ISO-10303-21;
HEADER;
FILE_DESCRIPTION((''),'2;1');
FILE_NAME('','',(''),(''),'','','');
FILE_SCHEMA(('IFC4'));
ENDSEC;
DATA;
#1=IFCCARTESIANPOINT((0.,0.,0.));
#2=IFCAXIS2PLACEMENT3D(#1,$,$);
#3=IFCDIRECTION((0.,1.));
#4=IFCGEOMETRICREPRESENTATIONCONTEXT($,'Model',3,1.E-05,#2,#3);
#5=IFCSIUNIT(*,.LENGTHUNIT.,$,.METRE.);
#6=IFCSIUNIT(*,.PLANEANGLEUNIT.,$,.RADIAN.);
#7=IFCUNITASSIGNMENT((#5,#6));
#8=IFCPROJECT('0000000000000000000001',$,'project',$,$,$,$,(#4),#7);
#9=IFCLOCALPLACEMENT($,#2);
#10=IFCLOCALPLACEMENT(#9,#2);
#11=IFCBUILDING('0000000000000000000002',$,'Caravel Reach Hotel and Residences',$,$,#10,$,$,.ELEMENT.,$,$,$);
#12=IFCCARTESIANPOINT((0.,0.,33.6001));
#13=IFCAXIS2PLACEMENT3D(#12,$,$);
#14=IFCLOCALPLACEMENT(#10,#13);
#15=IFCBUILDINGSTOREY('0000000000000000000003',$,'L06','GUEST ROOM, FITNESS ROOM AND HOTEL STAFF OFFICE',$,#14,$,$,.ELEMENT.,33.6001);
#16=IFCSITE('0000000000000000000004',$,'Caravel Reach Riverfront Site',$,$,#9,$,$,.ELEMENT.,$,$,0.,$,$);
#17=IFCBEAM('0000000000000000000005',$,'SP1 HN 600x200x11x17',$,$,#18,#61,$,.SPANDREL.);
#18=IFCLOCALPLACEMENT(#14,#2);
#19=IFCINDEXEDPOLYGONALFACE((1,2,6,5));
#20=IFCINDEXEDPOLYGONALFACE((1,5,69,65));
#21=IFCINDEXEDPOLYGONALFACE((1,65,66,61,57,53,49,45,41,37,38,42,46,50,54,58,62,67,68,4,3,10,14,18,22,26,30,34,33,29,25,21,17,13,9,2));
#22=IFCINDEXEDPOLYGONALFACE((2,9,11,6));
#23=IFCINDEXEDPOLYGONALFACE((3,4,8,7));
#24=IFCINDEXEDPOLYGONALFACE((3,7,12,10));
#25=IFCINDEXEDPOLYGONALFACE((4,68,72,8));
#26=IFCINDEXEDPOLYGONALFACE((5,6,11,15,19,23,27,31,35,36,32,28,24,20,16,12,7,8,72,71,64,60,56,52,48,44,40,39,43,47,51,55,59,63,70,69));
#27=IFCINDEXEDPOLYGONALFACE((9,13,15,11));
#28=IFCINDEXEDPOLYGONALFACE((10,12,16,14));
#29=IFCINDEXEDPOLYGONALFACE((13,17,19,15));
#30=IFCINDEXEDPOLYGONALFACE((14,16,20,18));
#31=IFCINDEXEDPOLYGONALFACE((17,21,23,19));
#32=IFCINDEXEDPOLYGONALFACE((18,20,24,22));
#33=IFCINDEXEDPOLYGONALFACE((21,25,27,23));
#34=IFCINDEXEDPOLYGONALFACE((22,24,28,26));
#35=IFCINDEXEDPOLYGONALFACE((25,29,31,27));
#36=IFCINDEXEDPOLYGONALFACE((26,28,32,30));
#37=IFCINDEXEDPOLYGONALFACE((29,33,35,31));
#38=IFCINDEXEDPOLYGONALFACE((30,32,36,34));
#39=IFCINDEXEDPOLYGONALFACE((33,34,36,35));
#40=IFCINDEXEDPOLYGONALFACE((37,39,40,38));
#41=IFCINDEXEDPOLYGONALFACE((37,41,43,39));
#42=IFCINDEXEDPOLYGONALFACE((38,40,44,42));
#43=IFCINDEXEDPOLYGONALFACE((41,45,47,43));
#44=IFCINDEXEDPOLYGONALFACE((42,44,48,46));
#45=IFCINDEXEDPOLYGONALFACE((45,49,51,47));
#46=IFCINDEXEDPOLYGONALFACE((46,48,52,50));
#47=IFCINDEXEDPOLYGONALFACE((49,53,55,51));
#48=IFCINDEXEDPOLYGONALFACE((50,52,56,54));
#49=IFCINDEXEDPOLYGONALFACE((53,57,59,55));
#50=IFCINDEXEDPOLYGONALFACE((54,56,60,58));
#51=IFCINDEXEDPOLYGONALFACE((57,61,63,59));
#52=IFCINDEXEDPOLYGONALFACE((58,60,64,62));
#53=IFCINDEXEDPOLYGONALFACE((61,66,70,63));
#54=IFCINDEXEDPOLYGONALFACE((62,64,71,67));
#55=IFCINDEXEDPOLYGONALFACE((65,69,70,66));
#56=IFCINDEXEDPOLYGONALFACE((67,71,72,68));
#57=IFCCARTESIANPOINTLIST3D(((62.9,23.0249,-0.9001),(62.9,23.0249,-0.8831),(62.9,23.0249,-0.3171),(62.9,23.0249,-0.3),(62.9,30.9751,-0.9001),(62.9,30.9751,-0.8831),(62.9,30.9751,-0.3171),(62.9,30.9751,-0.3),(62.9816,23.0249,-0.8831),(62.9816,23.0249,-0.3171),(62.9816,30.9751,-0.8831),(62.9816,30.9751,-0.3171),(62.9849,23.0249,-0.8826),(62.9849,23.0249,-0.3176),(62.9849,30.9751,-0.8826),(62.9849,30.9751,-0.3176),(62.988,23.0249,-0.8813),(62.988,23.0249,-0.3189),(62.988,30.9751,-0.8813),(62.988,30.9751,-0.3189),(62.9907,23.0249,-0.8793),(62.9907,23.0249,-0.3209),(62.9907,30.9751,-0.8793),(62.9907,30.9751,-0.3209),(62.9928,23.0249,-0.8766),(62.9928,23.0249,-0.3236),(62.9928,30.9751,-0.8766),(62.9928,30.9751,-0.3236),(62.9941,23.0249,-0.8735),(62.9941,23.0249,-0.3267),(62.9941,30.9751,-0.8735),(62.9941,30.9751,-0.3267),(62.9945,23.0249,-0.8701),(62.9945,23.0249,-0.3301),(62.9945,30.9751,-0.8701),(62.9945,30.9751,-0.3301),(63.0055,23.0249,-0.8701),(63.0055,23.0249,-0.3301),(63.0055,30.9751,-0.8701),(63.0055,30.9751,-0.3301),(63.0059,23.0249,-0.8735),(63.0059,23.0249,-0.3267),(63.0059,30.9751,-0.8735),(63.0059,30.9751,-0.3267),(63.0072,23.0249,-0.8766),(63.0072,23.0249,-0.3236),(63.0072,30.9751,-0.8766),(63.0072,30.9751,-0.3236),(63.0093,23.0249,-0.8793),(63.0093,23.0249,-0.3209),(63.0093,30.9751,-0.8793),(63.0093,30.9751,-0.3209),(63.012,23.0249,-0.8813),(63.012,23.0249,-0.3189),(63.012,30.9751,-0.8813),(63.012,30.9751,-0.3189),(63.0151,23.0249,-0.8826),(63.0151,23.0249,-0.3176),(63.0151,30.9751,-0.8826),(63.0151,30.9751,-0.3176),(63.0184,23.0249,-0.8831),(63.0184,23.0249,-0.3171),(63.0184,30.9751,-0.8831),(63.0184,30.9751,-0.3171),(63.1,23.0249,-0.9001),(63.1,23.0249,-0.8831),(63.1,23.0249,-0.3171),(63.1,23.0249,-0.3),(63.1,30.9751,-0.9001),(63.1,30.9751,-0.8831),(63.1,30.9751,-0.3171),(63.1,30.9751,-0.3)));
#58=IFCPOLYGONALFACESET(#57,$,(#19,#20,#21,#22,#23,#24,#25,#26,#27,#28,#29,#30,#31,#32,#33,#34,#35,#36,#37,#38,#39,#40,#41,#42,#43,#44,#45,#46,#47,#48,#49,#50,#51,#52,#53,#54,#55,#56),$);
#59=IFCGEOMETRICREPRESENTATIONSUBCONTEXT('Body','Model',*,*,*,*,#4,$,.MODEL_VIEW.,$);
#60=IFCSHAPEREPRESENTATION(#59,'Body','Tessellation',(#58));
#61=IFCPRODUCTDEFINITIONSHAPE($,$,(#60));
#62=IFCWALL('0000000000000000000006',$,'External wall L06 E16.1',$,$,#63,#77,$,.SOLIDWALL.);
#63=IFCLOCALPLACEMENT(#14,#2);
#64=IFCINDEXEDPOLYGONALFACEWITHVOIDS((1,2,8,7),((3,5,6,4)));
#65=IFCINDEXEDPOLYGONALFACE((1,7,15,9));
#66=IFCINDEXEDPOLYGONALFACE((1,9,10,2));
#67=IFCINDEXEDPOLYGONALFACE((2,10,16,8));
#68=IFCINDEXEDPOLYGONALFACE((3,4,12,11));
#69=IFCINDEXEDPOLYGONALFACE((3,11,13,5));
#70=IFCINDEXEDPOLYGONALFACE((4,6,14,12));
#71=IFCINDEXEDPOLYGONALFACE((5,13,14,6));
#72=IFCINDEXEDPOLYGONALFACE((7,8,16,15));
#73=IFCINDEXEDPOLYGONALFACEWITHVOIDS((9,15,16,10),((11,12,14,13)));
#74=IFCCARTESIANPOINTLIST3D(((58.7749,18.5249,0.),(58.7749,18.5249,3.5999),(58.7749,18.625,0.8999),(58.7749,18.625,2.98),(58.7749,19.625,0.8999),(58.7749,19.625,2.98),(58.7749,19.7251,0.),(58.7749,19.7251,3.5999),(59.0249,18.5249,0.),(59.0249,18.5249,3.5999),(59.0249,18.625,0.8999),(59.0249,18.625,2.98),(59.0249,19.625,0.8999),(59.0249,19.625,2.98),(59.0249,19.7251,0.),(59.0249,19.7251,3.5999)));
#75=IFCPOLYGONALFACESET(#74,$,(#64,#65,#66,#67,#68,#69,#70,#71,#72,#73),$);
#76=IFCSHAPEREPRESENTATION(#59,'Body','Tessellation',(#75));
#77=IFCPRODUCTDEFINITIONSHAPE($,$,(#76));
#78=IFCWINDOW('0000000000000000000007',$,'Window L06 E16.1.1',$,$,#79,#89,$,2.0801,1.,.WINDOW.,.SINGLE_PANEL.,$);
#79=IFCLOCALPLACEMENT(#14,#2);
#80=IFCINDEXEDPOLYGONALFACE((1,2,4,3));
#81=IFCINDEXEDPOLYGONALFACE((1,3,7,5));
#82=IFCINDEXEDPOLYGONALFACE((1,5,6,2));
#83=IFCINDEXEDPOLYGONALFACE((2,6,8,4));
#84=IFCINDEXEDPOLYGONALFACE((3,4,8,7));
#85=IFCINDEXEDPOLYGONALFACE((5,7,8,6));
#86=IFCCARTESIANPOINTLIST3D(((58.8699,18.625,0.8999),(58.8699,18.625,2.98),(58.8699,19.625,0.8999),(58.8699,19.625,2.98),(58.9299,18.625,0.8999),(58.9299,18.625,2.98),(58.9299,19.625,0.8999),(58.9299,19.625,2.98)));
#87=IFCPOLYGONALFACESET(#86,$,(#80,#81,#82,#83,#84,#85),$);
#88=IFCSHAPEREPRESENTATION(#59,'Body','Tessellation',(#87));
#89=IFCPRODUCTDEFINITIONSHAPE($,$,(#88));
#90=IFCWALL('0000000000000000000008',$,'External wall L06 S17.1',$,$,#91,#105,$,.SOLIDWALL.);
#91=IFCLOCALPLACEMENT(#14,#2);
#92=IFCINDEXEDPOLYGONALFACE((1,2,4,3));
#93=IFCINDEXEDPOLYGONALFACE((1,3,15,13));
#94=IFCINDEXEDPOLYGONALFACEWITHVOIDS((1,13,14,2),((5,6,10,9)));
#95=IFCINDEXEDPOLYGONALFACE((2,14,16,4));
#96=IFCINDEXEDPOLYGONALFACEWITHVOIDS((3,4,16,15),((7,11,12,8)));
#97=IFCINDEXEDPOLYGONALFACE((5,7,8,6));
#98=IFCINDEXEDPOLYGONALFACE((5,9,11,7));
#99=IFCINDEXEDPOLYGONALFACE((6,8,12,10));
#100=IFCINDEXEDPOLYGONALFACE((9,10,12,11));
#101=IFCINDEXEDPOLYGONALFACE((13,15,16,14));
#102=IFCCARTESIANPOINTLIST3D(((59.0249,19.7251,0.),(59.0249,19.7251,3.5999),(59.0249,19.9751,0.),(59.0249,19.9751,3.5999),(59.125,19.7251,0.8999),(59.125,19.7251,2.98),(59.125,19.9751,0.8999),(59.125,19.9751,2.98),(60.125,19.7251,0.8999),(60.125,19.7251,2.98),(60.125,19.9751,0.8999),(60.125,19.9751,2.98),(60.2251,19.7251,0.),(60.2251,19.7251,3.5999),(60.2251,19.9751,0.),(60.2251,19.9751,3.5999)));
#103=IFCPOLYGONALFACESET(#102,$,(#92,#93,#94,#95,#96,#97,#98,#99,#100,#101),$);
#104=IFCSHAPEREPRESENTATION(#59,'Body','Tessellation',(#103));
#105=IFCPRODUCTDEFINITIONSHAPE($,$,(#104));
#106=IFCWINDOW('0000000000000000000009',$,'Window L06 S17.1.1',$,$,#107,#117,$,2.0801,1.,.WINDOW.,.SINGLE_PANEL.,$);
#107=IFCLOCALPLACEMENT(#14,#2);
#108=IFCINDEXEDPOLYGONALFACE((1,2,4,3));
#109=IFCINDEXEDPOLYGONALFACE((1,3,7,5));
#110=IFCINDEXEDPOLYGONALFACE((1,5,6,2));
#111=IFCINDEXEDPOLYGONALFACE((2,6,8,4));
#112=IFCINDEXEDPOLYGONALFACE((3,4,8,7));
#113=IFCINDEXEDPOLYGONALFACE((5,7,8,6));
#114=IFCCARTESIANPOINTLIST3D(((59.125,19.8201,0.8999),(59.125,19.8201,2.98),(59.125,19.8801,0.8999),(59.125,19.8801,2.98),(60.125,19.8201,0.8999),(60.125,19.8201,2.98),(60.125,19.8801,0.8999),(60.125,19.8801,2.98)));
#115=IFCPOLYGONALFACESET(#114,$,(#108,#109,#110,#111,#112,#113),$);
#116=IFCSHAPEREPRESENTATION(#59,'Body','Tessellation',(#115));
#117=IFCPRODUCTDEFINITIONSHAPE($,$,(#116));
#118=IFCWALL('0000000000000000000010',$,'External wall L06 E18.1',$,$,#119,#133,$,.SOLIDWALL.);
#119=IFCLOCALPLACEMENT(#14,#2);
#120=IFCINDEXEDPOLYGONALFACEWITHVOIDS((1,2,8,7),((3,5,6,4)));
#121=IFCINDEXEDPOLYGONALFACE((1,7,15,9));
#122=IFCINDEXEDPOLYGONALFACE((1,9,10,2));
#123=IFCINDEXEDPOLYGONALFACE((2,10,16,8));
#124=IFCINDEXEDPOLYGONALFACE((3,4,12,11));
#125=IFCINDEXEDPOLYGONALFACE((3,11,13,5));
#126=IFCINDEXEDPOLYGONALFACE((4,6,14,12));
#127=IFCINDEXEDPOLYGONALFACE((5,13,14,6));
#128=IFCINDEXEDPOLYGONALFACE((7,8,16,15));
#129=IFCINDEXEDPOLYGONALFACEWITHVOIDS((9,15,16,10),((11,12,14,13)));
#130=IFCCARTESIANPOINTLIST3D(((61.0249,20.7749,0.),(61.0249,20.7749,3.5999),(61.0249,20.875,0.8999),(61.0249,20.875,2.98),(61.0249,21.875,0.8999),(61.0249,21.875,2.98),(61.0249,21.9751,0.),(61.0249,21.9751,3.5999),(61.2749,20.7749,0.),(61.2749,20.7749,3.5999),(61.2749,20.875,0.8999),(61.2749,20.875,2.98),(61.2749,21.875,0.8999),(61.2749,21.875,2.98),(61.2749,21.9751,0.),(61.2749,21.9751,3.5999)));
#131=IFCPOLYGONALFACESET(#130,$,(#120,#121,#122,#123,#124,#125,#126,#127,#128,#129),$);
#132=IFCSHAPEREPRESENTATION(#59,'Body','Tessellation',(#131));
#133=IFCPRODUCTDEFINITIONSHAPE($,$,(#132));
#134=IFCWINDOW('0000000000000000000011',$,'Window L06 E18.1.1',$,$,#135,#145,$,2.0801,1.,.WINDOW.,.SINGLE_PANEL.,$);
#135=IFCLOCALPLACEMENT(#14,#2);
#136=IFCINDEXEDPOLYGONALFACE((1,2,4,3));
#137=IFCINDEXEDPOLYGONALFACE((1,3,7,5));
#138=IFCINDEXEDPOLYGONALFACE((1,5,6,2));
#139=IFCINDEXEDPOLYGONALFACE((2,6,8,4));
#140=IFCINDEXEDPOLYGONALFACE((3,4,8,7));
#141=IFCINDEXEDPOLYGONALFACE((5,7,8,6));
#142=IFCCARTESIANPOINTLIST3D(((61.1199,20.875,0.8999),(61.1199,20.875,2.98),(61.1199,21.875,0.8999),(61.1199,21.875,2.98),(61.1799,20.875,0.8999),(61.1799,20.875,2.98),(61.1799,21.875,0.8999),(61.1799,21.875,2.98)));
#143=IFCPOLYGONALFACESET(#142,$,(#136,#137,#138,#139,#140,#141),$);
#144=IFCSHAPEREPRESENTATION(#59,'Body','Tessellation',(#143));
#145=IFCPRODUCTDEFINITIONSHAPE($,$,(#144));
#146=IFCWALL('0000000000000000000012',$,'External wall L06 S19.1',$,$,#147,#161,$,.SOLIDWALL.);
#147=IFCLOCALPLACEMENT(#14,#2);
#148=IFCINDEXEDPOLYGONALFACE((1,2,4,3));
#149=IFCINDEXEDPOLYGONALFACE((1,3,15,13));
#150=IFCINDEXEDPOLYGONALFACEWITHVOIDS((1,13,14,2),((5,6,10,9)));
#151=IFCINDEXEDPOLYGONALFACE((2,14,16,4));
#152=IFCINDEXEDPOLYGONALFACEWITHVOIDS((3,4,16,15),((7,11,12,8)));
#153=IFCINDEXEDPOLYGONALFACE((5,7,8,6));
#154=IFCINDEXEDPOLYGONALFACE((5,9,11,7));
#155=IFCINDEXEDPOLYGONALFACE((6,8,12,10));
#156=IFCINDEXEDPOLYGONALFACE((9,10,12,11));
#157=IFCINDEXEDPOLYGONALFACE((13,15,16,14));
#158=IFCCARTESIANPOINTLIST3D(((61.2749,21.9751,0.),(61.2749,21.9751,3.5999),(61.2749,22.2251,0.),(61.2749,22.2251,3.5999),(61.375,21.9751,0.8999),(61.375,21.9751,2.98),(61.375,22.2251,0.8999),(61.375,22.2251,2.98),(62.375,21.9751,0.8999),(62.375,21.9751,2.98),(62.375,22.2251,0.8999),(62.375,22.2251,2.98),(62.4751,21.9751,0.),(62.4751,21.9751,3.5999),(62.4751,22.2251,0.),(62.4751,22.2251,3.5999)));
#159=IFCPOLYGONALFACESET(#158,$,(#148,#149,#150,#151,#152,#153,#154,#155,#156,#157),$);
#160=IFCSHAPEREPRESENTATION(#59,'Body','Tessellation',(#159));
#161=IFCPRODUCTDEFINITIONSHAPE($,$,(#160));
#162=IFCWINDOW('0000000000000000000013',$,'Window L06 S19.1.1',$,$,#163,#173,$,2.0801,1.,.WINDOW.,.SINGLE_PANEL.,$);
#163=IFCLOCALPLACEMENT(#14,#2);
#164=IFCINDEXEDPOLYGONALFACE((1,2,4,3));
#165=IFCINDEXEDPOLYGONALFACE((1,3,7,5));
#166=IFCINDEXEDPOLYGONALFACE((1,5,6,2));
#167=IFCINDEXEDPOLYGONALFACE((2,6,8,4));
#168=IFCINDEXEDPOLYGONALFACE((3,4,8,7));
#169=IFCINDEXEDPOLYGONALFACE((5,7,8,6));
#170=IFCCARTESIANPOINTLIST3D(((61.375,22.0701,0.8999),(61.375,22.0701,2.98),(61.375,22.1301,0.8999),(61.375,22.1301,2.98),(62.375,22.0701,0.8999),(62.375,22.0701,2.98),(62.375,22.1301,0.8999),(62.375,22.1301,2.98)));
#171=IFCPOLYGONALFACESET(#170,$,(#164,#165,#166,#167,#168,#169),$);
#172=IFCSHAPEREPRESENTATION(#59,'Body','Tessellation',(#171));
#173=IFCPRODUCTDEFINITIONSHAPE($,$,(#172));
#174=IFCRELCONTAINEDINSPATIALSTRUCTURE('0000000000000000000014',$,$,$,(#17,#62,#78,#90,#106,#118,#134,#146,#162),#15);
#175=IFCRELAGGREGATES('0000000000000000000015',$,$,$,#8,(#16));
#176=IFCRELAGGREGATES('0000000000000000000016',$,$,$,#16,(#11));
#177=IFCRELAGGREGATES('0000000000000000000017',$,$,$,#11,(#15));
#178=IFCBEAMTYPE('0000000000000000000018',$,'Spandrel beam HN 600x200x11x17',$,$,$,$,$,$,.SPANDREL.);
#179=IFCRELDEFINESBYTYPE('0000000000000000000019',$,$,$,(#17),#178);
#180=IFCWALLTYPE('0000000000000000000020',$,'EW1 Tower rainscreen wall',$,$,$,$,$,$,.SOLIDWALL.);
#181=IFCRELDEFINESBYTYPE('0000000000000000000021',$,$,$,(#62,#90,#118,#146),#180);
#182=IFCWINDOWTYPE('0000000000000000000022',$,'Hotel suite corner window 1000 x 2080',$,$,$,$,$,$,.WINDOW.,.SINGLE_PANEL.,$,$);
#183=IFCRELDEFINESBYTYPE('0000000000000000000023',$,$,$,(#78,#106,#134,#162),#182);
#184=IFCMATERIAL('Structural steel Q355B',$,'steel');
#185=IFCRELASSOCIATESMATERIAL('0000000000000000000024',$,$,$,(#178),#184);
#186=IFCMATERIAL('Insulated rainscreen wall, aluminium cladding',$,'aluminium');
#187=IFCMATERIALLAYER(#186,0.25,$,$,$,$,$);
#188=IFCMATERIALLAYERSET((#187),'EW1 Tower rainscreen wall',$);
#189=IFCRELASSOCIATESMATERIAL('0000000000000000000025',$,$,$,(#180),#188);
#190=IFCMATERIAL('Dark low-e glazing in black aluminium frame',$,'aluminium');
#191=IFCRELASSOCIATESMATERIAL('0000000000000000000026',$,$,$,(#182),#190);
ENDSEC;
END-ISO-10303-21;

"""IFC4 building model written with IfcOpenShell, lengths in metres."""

from ifc_helpers import new_model, si_unit, direction, frame, frame_2d, origin, origin_2d, place, context, subcontext, project, spatial, rectangle, i_section, extrude, material, layer, layer_set, material_profile, profile_set, type_object, element, fill, save


model = new_model("IFC4")

# Units and contexts
model_context = context("Model", 3, precision=1e-05, world=origin(), true_north=direction((0.0, 1.0)))
body_context = subcontext(model_context, "Body", "Model", "MODEL_VIEW")
ifc_project = project(units=[si_unit("LENGTHUNIT", "METRE"), si_unit("PLANEANGLEUNIT", "RADIAN")], contexts=[model_context])

# Site, building, storey
site_placement = place(None, origin())
site = spatial("IfcSite", under=ifc_project, at=site_placement, Name="Caravel Reach Riverfront Site", CompositionType="ELEMENT", RefElevation=0.0)
building_placement = place(site_placement, origin())
building = spatial("IfcBuilding", under=site, at=building_placement, Name="Caravel Reach Hotel and Residences", CompositionType="ELEMENT")
storey_placement = place(building_placement, frame((0.0, 0.0, 33.6001)))
storey = spatial("IfcBuildingStorey", under=building, at=storey_placement, Name="L06", Description="GUEST ROOM, FITNESS ROOM AND HOTEL STAFF OFFICE", CompositionType="ELEMENT", Elevation=33.6001)

# Beam
ifc_material_1 = material(Name="Structural steel Q355B", Category="steel")
ifc_material_profile_1 = material_profile(ifc_material_1, i_section(OverallWidth=0.2, OverallDepth=0.6001, WebThickness=0.011, FlangeThickness=0.0171, FilletRadius=0.0129, at=origin_2d()), Name="HN 600x200x11x17")
ifc_profile_set_1 = profile_set([ifc_material_profile_1], Name="Structural steel Q355B")
beam_type = type_object("IfcBeamType", Name="Spandrel beam HN 600x200x11x17", PredefinedType="SPANDREL", material=ifc_profile_set_1)
beam_placement = place(storey_placement, frame((63.0, 23.0249, -0.6001), z_axis=(0.0, 1.0, 0.0), x_axis=(-1.0, 0.0, 0.0)))
element("IfcBeam", 1, at=beam_placement, inside=storey, type_object=beam_type, Name="SP1 HN 600x200x11x17", PredefinedType="SPANDREL", context=body_context, shape_type="SweptSolid", body=[
    extrude(i_section(OverallWidth=0.2, OverallDepth=0.6001, WebThickness=0.011, FlangeThickness=0.0171, FilletRadius=0.0129, at=origin_2d()), origin(), (0.0, 0.0, 1.0), 7.9502),
])

# Walls, openings, windows
ifc_material_2 = material(Name="Insulated rainscreen wall, aluminium cladding", Category="aluminium")
ifc_layer = layer(ifc_material_2, 0.25)
ifc_layer_set = layer_set([ifc_layer], Name="EW1 Tower rainscreen wall")
wall_type = type_object("IfcWallType", Name="EW1 Tower rainscreen wall", PredefinedType="SOLIDWALL", material=ifc_layer_set)
wall_1_placement = place(storey_placement, frame((58.8999, 18.5249, 0.0), z_axis=(0.0, 0.0, 1.0), x_axis=(0.0, 1.0, 0.0)))
wall_1 = element("IfcWall", 2, at=wall_1_placement, inside=storey, type_object=wall_type, Name="External wall L06 E16.1", PredefinedType="SOLIDWALL", context=body_context, shape_type="SweptSolid", body=[
    extrude(rectangle(XDim=1.2002, YDim=0.25, at=frame_2d((0.6001, 0.0))), origin(), (0.0, 0.0, 1.0), 3.5999),
])
opening_1_placement = place(wall_1_placement, frame((0.1001, 0.0, 0.8999)))
opening_1 = element("IfcOpeningElement", 3, at=opening_1_placement, cuts=wall_1, PredefinedType="OPENING", context=body_context, shape_type="SweptSolid", body=[
    extrude(rectangle(XDim=1.0, YDim=2.0801, at=frame_2d((0.5, 1.04))), frame((0.0, 0.135, 0.0), z_axis=(0.0, -1.0, 0.0), x_axis=(1.0, 0.0, 0.0)), (0.0, 0.0, 1.0), 0.27),
])
ifc_material_3 = material(Name="Dark low-e glazing in black aluminium frame", Category="aluminium")
window_type_1 = type_object("IfcWindowType", Name="Hotel suite corner window 1000 x 2080", PartitioningType="SINGLE_PANEL", PredefinedType="WINDOW", material=ifc_material_3)
window_1_placement = place(opening_1_placement, origin())
window_1 = element("IfcWindow", 4, at=window_1_placement, inside=storey, type_object=window_type_1, Name="Window L06 E16.1.1", OverallHeight=2.0801, OverallWidth=1.0, PartitioningType="SINGLE_PANEL", PredefinedType="WINDOW", context=body_context, shape_type="SweptSolid", body=[
    extrude(rectangle(XDim=1.0, YDim=2.0801, at=frame_2d((0.5, 1.04))), frame((0.0, 0.03, 0.0), z_axis=(0.0, -1.0, 0.0), x_axis=(1.0, 0.0, 0.0)), (0.0, 0.0, 1.0), 0.0601),
])
fill(opening_1, window_1)
wall_2_placement = place(storey_placement, frame((59.0249, 19.8501, 0.0), z_axis=(0.0, 0.0, 1.0), x_axis=(1.0, 0.0, 0.0)))
wall_2 = element("IfcWall", 5, at=wall_2_placement, inside=storey, type_object=wall_type, Name="External wall L06 S17.1", PredefinedType="SOLIDWALL", context=body_context, shape_type="SweptSolid", body=[
    extrude(rectangle(XDim=1.2002, YDim=0.25, at=frame_2d((0.6001, 0.0))), origin(), (0.0, 0.0, 1.0), 3.5999),
])
opening_2_placement = place(wall_2_placement, frame((0.1001, 0.0, 0.8999)))
opening_2 = element("IfcOpeningElement", 6, at=opening_2_placement, cuts=wall_2, PredefinedType="OPENING", context=body_context, shape_type="SweptSolid", body=[
    extrude(rectangle(XDim=1.0, YDim=2.0801, at=frame_2d((0.5, 1.04))), frame((0.0, 0.135, 0.0), z_axis=(0.0, -1.0, 0.0), x_axis=(1.0, 0.0, 0.0)), (0.0, 0.0, 1.0), 0.27),
])
window_2_placement = place(opening_2_placement, origin())
window_2 = element("IfcWindow", 7, at=window_2_placement, inside=storey, type_object=window_type_1, Name="Window L06 S17.1.1", OverallHeight=2.0801, OverallWidth=1.0, PartitioningType="SINGLE_PANEL", PredefinedType="WINDOW", context=body_context, shape_type="SweptSolid", body=[
    extrude(rectangle(XDim=1.0, YDim=2.0801, at=frame_2d((0.5, 1.04))), frame((0.0, 0.03, 0.0), z_axis=(0.0, -1.0, 0.0), x_axis=(1.0, 0.0, 0.0)), (0.0, 0.0, 1.0), 0.0601),
])
fill(opening_2, window_2)
wall_3_placement = place(storey_placement, frame((61.1499, 20.7749, 0.0), z_axis=(0.0, 0.0, 1.0), x_axis=(0.0, 1.0, 0.0)))
wall_3 = element("IfcWall", 8, at=wall_3_placement, inside=storey, type_object=wall_type, Name="External wall L06 E18.1", PredefinedType="SOLIDWALL", context=body_context, shape_type="SweptSolid", body=[
    extrude(rectangle(XDim=1.2002, YDim=0.25, at=frame_2d((0.6001, 0.0))), origin(), (0.0, 0.0, 1.0), 3.5999),
])
opening_3_placement = place(wall_3_placement, frame((0.1001, 0.0, 0.8999)))
opening_3 = element("IfcOpeningElement", 9, at=opening_3_placement, cuts=wall_3, PredefinedType="OPENING", context=body_context, shape_type="SweptSolid", body=[
    extrude(rectangle(XDim=1.0, YDim=2.0801, at=frame_2d((0.5, 1.04))), frame((0.0, 0.135, 0.0), z_axis=(0.0, -1.0, 0.0), x_axis=(1.0, 0.0, 0.0)), (0.0, 0.0, 1.0), 0.27),
])
window_3_placement = place(opening_3_placement, origin())
window_3 = element("IfcWindow", 10, at=window_3_placement, inside=storey, type_object=window_type_1, Name="Window L06 E18.1.1", OverallHeight=2.0801, OverallWidth=1.0, PartitioningType="SINGLE_PANEL", PredefinedType="WINDOW", context=body_context, shape_type="SweptSolid", body=[
    extrude(rectangle(XDim=1.0, YDim=2.0801, at=frame_2d((0.5, 1.04))), frame((0.0, 0.03, 0.0), z_axis=(0.0, -1.0, 0.0), x_axis=(1.0, 0.0, 0.0)), (0.0, 0.0, 1.0), 0.0601),
])
fill(opening_3, window_3)
wall_4_placement = place(storey_placement, frame((61.2749, 22.1001, 0.0), z_axis=(0.0, 0.0, 1.0), x_axis=(1.0, 0.0, 0.0)))
wall_4 = element("IfcWall", 11, at=wall_4_placement, inside=storey, type_object=wall_type, Name="External wall L06 S19.1", PredefinedType="SOLIDWALL", context=body_context, shape_type="SweptSolid", body=[
    extrude(rectangle(XDim=1.2002, YDim=0.25, at=frame_2d((0.6001, 0.0))), origin(), (0.0, 0.0, 1.0), 3.5999),
])
opening_4_placement = place(wall_4_placement, frame((0.1001, 0.0, 0.8999)))
opening_4 = element("IfcOpeningElement", 12, at=opening_4_placement, cuts=wall_4, PredefinedType="OPENING", context=body_context, shape_type="SweptSolid", body=[
    extrude(rectangle(XDim=1.0, YDim=2.0801, at=frame_2d((0.5, 1.04))), frame((0.0, 0.135, 0.0), z_axis=(0.0, -1.0, 0.0), x_axis=(1.0, 0.0, 0.0)), (0.0, 0.0, 1.0), 0.27),
])
window_4_placement = place(opening_4_placement, origin())
window_4 = element("IfcWindow", 13, at=window_4_placement, inside=storey, type_object=window_type_1, Name="Window L06 S19.1.1", OverallHeight=2.0801, OverallWidth=1.0, PartitioningType="SINGLE_PANEL", PredefinedType="WINDOW", context=body_context, shape_type="SweptSolid", body=[
    extrude(rectangle(XDim=1.0, YDim=2.0801, at=frame_2d((0.5, 1.04))), frame((0.0, 0.03, 0.0), z_axis=(0.0, -1.0, 0.0), x_axis=(1.0, 0.0, 0.0)), (0.0, 0.0, 1.0), 0.0601),
])
fill(opening_4, window_4)

save(model, "model.ifc")
